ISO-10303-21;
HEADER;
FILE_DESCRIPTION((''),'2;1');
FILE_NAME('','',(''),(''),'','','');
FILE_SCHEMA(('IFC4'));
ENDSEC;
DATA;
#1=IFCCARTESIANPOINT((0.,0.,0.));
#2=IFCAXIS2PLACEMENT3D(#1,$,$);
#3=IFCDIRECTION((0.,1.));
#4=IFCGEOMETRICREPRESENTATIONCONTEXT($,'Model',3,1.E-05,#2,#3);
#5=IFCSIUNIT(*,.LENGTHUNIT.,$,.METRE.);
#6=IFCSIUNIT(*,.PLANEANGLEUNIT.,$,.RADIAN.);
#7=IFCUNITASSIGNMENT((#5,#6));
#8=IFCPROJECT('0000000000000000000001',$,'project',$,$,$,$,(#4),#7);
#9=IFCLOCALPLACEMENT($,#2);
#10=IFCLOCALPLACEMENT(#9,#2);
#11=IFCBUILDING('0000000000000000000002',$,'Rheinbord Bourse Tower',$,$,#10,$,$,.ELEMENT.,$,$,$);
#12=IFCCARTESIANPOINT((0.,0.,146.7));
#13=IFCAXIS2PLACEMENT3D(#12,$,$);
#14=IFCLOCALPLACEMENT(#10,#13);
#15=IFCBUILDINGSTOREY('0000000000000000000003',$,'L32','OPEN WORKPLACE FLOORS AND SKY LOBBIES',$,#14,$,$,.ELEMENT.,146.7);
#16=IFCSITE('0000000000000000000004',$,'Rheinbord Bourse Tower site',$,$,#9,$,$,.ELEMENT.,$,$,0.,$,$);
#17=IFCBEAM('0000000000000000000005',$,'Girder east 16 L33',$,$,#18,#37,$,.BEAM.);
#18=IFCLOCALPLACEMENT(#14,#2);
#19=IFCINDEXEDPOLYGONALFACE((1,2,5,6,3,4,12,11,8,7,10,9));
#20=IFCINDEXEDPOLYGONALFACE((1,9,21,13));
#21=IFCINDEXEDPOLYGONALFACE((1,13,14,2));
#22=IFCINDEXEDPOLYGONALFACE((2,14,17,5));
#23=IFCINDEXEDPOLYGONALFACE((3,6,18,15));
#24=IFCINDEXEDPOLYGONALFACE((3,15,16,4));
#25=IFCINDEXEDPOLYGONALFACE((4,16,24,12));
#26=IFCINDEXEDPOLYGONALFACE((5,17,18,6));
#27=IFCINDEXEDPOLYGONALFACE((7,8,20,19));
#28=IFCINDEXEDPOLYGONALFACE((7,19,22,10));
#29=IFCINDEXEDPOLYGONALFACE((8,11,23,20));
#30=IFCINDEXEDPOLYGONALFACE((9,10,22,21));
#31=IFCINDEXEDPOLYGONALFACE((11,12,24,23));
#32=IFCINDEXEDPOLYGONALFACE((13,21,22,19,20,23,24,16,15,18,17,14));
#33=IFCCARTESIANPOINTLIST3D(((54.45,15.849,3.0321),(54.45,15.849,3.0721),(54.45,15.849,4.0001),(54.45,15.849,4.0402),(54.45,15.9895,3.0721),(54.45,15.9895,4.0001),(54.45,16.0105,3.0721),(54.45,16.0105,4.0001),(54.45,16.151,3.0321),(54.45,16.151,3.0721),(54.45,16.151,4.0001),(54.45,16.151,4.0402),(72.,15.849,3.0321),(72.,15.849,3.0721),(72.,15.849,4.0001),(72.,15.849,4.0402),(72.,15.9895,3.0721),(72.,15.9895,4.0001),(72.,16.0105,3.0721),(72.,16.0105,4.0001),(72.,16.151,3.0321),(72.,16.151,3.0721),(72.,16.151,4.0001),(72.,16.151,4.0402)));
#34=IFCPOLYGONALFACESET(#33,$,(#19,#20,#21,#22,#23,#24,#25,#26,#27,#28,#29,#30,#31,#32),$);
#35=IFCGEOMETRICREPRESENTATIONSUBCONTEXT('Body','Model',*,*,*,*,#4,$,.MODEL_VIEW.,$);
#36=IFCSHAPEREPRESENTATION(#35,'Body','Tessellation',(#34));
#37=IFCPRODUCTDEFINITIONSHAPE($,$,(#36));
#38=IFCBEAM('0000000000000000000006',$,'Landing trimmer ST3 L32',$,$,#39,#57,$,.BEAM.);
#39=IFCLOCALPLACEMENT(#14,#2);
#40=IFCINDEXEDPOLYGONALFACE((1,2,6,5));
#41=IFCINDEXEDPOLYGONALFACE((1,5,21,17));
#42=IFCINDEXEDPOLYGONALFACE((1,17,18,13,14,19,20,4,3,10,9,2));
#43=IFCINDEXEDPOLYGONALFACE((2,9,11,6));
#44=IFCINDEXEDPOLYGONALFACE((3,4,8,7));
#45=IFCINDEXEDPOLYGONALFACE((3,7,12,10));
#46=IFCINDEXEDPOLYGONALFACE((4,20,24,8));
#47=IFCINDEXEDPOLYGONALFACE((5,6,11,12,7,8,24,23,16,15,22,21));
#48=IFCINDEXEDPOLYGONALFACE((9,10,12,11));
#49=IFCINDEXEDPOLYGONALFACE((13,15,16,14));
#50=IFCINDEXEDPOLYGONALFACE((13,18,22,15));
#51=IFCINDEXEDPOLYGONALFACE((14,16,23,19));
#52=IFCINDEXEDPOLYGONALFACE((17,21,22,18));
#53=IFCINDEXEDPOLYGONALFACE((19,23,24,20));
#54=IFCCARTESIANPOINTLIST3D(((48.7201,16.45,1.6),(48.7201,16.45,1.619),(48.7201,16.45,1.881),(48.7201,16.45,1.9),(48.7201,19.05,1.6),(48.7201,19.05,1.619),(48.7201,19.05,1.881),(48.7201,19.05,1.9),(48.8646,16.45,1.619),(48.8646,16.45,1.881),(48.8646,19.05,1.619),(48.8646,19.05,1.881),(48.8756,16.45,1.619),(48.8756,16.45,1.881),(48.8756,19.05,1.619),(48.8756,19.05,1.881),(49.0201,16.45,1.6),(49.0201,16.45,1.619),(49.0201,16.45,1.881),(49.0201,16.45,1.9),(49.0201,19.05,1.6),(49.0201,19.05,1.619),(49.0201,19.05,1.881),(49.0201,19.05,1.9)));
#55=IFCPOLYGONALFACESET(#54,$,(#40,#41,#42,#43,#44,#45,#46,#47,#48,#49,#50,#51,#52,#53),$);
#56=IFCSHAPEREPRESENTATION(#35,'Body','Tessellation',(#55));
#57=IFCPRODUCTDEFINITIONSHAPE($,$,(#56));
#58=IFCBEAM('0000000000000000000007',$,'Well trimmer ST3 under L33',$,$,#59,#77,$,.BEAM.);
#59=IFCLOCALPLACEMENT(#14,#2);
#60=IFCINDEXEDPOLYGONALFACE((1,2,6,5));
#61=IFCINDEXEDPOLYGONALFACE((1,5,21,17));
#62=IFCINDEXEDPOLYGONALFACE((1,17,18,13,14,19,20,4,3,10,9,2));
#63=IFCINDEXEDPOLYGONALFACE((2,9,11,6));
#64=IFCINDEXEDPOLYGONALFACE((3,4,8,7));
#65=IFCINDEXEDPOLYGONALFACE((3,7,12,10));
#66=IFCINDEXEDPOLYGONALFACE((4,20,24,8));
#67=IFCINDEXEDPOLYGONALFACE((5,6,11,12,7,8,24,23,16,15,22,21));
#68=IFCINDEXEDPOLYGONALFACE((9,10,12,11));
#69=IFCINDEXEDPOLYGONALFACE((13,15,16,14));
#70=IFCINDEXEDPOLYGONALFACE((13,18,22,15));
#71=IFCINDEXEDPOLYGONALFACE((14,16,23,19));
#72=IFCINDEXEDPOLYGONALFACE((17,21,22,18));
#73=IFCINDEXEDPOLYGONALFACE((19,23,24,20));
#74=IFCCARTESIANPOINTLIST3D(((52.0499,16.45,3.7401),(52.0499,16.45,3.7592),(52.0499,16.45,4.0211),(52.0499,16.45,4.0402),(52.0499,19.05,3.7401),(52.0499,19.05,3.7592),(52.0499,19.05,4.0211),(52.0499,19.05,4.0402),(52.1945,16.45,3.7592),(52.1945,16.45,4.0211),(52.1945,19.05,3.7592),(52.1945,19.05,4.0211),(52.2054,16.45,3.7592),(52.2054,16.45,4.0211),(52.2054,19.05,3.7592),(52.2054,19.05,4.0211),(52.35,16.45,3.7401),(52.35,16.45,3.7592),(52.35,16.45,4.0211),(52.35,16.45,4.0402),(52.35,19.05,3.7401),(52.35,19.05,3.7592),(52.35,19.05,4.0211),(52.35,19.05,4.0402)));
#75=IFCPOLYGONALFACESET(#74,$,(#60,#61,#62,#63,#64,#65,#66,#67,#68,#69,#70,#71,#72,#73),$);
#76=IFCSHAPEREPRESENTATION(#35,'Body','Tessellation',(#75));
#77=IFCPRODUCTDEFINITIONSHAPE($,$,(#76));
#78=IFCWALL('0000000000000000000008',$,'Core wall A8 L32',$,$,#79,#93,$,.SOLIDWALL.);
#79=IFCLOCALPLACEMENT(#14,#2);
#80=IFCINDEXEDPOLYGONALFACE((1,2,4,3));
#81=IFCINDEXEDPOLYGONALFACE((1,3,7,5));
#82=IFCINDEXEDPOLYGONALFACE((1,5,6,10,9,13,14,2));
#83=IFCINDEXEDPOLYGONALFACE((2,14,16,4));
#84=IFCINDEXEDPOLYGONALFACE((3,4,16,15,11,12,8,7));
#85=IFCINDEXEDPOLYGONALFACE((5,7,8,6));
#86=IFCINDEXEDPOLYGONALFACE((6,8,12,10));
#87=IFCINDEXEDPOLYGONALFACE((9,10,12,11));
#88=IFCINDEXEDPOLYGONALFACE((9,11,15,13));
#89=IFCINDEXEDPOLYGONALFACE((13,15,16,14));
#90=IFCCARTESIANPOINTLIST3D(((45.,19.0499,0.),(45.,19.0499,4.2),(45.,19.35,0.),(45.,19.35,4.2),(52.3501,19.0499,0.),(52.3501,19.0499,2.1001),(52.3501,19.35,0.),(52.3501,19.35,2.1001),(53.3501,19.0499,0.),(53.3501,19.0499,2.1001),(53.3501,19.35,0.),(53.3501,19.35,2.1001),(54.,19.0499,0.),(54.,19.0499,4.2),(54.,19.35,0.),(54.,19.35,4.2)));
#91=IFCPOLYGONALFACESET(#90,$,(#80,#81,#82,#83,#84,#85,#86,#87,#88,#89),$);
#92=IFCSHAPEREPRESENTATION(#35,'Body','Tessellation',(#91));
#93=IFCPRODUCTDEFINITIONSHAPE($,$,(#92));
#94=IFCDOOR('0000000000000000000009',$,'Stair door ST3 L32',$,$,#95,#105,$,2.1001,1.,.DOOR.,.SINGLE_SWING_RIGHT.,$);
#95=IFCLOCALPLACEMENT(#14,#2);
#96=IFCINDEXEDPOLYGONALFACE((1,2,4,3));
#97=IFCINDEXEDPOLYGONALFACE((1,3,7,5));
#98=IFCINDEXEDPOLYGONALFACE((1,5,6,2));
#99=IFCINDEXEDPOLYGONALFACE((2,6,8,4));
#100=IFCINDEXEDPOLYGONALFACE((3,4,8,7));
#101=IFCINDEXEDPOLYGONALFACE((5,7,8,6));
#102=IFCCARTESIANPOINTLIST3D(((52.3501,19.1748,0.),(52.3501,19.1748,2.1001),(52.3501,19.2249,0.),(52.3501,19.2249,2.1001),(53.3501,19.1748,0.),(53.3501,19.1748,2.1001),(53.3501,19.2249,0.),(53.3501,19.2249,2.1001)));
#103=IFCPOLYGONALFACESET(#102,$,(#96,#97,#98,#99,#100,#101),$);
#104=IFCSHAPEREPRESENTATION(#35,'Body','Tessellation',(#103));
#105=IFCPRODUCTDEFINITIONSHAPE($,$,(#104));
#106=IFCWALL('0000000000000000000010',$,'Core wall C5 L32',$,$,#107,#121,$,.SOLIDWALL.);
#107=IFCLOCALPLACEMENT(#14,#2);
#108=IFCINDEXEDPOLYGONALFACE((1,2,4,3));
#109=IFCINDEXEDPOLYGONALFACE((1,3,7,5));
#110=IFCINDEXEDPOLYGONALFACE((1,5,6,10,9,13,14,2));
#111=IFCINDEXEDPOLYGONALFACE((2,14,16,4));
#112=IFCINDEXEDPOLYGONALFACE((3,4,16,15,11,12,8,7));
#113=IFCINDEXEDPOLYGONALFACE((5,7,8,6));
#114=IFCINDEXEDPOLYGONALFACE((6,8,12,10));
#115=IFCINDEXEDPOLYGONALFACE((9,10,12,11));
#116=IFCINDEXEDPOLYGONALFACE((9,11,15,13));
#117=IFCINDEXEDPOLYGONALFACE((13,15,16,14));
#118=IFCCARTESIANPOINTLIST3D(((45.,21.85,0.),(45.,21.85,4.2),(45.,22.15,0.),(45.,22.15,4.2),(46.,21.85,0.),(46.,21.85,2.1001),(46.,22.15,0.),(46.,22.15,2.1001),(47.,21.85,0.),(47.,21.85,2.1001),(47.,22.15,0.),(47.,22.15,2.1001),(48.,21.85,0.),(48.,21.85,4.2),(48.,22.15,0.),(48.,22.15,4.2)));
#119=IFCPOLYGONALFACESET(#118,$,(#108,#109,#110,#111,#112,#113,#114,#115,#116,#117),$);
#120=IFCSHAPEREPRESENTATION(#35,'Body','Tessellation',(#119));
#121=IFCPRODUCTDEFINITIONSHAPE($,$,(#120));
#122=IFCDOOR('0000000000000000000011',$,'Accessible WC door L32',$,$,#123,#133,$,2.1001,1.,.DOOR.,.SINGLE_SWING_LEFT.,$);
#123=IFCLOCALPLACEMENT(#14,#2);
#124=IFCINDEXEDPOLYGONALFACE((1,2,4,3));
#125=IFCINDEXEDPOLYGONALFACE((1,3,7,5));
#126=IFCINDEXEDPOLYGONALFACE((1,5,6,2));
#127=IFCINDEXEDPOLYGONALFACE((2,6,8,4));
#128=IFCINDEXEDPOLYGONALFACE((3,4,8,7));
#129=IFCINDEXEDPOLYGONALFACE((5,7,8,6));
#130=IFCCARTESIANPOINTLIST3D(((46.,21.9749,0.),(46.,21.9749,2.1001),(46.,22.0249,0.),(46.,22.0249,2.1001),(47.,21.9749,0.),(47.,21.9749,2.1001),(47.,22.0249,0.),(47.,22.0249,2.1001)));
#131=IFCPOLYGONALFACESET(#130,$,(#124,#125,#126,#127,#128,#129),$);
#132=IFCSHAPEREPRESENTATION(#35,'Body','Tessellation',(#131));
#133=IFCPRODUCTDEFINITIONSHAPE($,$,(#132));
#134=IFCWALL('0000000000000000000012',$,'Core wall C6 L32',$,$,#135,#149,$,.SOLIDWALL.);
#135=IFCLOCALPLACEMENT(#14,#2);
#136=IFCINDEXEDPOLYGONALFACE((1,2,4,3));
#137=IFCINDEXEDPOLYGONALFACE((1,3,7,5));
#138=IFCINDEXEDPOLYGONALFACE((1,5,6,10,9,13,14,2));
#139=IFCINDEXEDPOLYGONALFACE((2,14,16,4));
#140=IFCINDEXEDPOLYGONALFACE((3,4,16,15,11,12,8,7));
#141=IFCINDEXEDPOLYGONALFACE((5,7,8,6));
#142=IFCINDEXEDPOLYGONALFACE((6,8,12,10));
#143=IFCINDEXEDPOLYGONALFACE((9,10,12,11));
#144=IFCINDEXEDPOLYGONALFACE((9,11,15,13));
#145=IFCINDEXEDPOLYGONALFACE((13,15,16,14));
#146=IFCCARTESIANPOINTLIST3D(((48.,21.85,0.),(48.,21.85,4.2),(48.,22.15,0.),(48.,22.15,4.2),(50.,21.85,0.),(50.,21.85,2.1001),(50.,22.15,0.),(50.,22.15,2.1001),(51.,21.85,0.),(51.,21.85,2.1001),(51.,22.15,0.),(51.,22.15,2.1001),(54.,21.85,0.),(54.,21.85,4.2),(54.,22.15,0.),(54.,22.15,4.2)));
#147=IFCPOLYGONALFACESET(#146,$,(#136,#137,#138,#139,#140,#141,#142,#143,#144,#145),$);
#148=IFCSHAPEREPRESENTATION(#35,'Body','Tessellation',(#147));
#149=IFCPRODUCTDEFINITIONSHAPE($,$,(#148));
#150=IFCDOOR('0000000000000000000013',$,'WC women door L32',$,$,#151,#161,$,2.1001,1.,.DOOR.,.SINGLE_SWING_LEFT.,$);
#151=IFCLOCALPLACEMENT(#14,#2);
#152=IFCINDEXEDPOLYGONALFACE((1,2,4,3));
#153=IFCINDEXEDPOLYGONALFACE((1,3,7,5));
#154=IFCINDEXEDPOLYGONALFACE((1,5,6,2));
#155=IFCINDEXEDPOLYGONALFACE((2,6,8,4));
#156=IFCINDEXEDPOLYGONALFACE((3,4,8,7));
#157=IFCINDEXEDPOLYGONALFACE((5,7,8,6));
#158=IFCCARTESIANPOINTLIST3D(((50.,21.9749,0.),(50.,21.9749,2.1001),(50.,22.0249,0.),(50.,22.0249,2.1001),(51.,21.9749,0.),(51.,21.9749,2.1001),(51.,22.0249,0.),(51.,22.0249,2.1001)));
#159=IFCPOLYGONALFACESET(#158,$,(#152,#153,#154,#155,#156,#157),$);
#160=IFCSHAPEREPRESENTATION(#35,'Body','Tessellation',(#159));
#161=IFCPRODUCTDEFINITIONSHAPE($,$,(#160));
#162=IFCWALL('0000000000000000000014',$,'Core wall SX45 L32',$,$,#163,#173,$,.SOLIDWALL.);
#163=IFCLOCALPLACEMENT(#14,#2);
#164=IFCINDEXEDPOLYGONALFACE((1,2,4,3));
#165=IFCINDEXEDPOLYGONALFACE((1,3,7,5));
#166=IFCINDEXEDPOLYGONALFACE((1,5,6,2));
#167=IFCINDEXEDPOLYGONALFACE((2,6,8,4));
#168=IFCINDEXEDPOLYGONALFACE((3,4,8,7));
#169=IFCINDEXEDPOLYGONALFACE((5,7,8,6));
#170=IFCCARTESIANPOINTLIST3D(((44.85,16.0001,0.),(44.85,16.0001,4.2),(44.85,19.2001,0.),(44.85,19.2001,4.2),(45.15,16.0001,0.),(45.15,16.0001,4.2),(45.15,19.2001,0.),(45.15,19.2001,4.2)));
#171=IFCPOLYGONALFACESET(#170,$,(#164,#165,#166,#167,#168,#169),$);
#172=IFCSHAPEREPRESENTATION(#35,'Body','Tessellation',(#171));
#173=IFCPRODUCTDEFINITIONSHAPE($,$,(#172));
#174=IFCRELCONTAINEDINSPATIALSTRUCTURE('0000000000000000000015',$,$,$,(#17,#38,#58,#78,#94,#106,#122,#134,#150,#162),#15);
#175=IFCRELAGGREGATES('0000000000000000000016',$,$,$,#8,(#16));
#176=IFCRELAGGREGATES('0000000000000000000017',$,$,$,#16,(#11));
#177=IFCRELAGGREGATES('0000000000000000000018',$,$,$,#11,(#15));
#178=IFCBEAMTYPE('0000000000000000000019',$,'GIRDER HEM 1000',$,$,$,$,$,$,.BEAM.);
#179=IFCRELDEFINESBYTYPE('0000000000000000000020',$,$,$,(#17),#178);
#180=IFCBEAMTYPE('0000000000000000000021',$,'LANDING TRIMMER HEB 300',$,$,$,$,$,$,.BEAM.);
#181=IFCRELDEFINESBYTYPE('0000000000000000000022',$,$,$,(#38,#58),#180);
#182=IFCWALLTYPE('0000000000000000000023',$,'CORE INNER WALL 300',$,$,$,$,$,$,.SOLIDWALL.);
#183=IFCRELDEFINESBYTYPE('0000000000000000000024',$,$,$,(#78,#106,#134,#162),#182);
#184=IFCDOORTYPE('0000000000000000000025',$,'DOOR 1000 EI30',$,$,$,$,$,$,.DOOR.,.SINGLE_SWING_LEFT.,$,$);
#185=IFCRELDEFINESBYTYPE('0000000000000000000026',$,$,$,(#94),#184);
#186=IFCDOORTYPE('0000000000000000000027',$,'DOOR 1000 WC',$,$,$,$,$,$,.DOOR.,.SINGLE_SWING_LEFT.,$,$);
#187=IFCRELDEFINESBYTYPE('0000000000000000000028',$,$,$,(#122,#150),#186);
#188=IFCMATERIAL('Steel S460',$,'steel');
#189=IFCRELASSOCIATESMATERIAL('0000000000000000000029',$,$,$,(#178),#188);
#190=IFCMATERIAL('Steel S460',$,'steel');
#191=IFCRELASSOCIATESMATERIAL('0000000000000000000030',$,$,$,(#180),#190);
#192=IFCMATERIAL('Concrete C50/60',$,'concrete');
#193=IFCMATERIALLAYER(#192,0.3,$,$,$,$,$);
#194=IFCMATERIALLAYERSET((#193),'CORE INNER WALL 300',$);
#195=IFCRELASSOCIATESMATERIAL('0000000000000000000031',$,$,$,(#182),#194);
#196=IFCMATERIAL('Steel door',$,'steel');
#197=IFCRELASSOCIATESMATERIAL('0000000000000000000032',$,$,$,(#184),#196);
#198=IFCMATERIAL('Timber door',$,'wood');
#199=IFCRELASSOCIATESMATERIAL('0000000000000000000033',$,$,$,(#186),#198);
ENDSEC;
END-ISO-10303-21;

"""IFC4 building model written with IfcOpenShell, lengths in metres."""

from ifc_helpers import new_model, si_unit, direction, frame, frame_2d, origin, origin_2d, place, context, subcontext, project, spatial, rectangle, i_section, extrude, material, layer, layer_set, material_profile, profile_set, type_object, element, fill, save


model = new_model("IFC4")

# Units and contexts
model_context = context("Model", 3, precision=1e-05, world=origin(), true_north=direction((0.0, 1.0)))
body_context = subcontext(model_context, "Body", "Model", "MODEL_VIEW")
ifc_project = project(units=[si_unit("LENGTHUNIT", "METRE"), si_unit("PLANEANGLEUNIT", "RADIAN")], contexts=[model_context])

# Site, building, storey
site_placement = place(None, origin())
site = spatial("IfcSite", under=ifc_project, at=site_placement, Name="Rheinbord Bourse Tower site", CompositionType="ELEMENT", RefElevation=0.0)
building_placement = place(site_placement, origin())
building = spatial("IfcBuilding", under=site, at=building_placement, Name="Rheinbord Bourse Tower", CompositionType="ELEMENT")
storey_placement = place(building_placement, frame((0.0, 0.0, 146.7)))
storey = spatial("IfcBuildingStorey", under=building, at=storey_placement, Name="L32", Description="OPEN WORKPLACE FLOORS AND SKY LOBBIES", CompositionType="ELEMENT", Elevation=146.7)

# Beams
ifc_material_1 = material(Name="Steel S460", Category="steel")
ifc_material_profile_1 = material_profile(ifc_material_1, i_section(OverallWidth=0.302, OverallDepth=1.0081, WebThickness=0.021, FlangeThickness=0.04, at=origin_2d()), Name="HEM 1000")
ifc_profile_set_1 = profile_set([ifc_material_profile_1], Name="Steel S460")
beam_type_1 = type_object("IfcBeamType", Name="GIRDER HEM 1000", PredefinedType="BEAM", material=ifc_profile_set_1)
beam_placement = place(storey_placement, frame((54.45, 16.0, 3.5361), z_axis=(1.0, 0.0, 0.0), x_axis=(0.0, 1.0, 0.0)))
element("IfcBeam", 1, at=beam_placement, inside=storey, type_object=beam_type_1, Name="Girder east 16 L33", PredefinedType="BEAM", context=body_context, shape_type="SweptSolid", body=[
    extrude(i_section(OverallWidth=0.302, OverallDepth=1.0081, WebThickness=0.021, FlangeThickness=0.04, at=origin_2d()), origin(), (0.0, 0.0, 1.0), 17.55),
])
ifc_material_2 = material(Name="Steel S460", Category="steel")
ifc_material_profile_2 = material_profile(ifc_material_2, i_section(OverallWidth=0.3, OverallDepth=0.3, WebThickness=0.011, FlangeThickness=0.019, at=origin_2d()), Name="HEB 300")
ifc_profile_set_2 = profile_set([ifc_material_profile_2], Name="Steel S460")
beam_type_2 = type_object("IfcBeamType", Name="LANDING TRIMMER HEB 300", PredefinedType="BEAM", material=ifc_profile_set_2)
for number, where, z_axis, x_axis, name in (
    (2, (48.8701, 16.45, 1.75), (0.0, 1.0, 0.0), (-1.0, 0.0, 0.0), "Landing trimmer ST3 L32"),
    (3, (52.2, 16.45, 3.8901), (0.0, 1.0, 0.0), (-1.0, 0.0, 0.0), "Well trimmer ST3 under L33"),
):
    element("IfcBeam", number, at=place(storey_placement, frame(where, z_axis=z_axis, x_axis=x_axis)), inside=storey, type_object=beam_type_2, Name=name, PredefinedType="BEAM", context=body_context, shape_type="SweptSolid", body=[
        extrude(i_section(OverallWidth=0.3, OverallDepth=0.3, WebThickness=0.011, FlangeThickness=0.019, at=origin_2d()), origin(), (0.0, 0.0, 1.0), 2.6001),
    ])

# Walls, openings, doors
ifc_material_3 = material(Name="Concrete C50/60", Category="concrete")
ifc_layer_1 = layer(ifc_material_3, 0.3)
ifc_layer_set_1 = layer_set([ifc_layer_1], Name="CORE INNER WALL 300")
wall_type_1 = type_object("IfcWallType", Name="CORE INNER WALL 300", PredefinedType="SOLIDWALL", material=ifc_layer_set_1)
wall_1_placement = place(storey_placement, frame((45.0, 19.2, 0.0), z_axis=(0.0, 0.0, 1.0), x_axis=(1.0, 0.0, 0.0)))
wall_1 = element("IfcWall", 4, at=wall_1_placement, inside=storey, type_object=wall_type_1, Name="Core wall A8 L32", PredefinedType="SOLIDWALL", context=body_context, shape_type="SweptSolid", body=[
    extrude(rectangle(XDim=9.0, YDim=0.3, at=frame_2d((4.5, 0.0))), origin(), (0.0, 0.0, 1.0), 4.2),
])
opening_1_placement = place(wall_1_placement, frame((7.3501, 0.0, 0.0)))
opening_1 = element("IfcOpeningElement", 5, at=opening_1_placement, cuts=wall_1, PredefinedType="OPENING", context=body_context, shape_type="SweptSolid", body=[
    extrude(rectangle(XDim=1.0, YDim=2.1001, at=frame_2d((0.5, 1.05))), frame((0.0, 0.1599, 0.0), z_axis=(0.0, -1.0, 0.0), x_axis=(1.0, 0.0, 0.0)), (0.0, 0.0, 1.0), 0.3201),
])
ifc_material_4 = material(Name="Steel door", Category="steel")
door_type_1 = type_object("IfcDoorType", Name="DOOR 1000 EI30", OperationType="SINGLE_SWING_LEFT", PredefinedType="DOOR", material=ifc_material_4)
door_1_placement = place(opening_1_placement, origin())
door_1 = element("IfcDoor", 6, at=door_1_placement, inside=storey, type_object=door_type_1, Name="Stair door ST3 L32", OperationType="SINGLE_SWING_RIGHT", OverallHeight=2.1001, OverallWidth=1.0, PredefinedType="DOOR", context=body_context, shape_type="SweptSolid", body=[
    extrude(rectangle(XDim=1.0, YDim=2.1001, at=frame_2d((0.5, 1.05))), frame((0.0, 0.0249, 0.0), z_axis=(0.0, -1.0, 0.0), x_axis=(1.0, 0.0, 0.0)), (0.0, 0.0, 1.0), 0.05),
])
fill(opening_1, door_1)
wall_2_placement = place(storey_placement, frame((45.0, 22.0, 0.0), z_axis=(0.0, 0.0, 1.0), x_axis=(1.0, 0.0, 0.0)))
wall_2 = element("IfcWall", 7, at=wall_2_placement, inside=storey, type_object=wall_type_1, Name="Core wall C5 L32", PredefinedType="SOLIDWALL", context=body_context, shape_type="SweptSolid", body=[
    extrude(rectangle(XDim=3.0, YDim=0.3, at=frame_2d((1.5, 0.0))), origin(), (0.0, 0.0, 1.0), 4.2),
])
opening_2_placement = place(wall_2_placement, frame((1.0, 0.0, 0.0)))
opening_2 = element("IfcOpeningElement", 8, at=opening_2_placement, cuts=wall_2, PredefinedType="OPENING", context=body_context, shape_type="SweptSolid", body=[
    extrude(rectangle(XDim=1.0, YDim=2.1001, at=frame_2d((0.5, 1.05))), frame((0.0, 0.1599, 0.0), z_axis=(0.0, -1.0, 0.0), x_axis=(1.0, 0.0, 0.0)), (0.0, 0.0, 1.0), 0.3201),
])
ifc_material_5 = material(Name="Timber door", Category="wood")
door_type_2 = type_object("IfcDoorType", Name="DOOR 1000 WC", OperationType="SINGLE_SWING_LEFT", PredefinedType="DOOR", material=ifc_material_5)
door_2_placement = place(opening_2_placement, origin())
door_2 = element("IfcDoor", 9, at=door_2_placement, inside=storey, type_object=door_type_2, Name="Accessible WC door L32", OperationType="SINGLE_SWING_LEFT", OverallHeight=2.1001, OverallWidth=1.0, PredefinedType="DOOR", context=body_context, shape_type="SweptSolid", body=[
    extrude(rectangle(XDim=1.0, YDim=2.1001, at=frame_2d((0.5, 1.05))), frame((0.0, 0.0249, 0.0), z_axis=(0.0, -1.0, 0.0), x_axis=(1.0, 0.0, 0.0)), (0.0, 0.0, 1.0), 0.05),
])
fill(opening_2, door_2)
wall_3_placement = place(storey_placement, frame((48.0, 22.0, 0.0), z_axis=(0.0, 0.0, 1.0), x_axis=(1.0, 0.0, 0.0)))
wall_3 = element("IfcWall", 10, at=wall_3_placement, inside=storey, type_object=wall_type_1, Name="Core wall C6 L32", PredefinedType="SOLIDWALL", context=body_context, shape_type="SweptSolid", body=[
    extrude(rectangle(XDim=6.0, YDim=0.3, at=frame_2d((3.0, 0.0))), origin(), (0.0, 0.0, 1.0), 4.2),
])
opening_3_placement = place(wall_3_placement, frame((2.0, 0.0, 0.0)))
opening_3 = element("IfcOpeningElement", 11, at=opening_3_placement, cuts=wall_3, PredefinedType="OPENING", context=body_context, shape_type="SweptSolid", body=[
    extrude(rectangle(XDim=1.0, YDim=2.1001, at=frame_2d((0.5, 1.05))), frame((0.0, 0.1599, 0.0), z_axis=(0.0, -1.0, 0.0), x_axis=(1.0, 0.0, 0.0)), (0.0, 0.0, 1.0), 0.3201),
])
door_3_placement = place(opening_3_placement, origin())
door_3 = element("IfcDoor", 12, at=door_3_placement, inside=storey, type_object=door_type_2, Name="WC women door L32", OperationType="SINGLE_SWING_LEFT", OverallHeight=2.1001, OverallWidth=1.0, PredefinedType="DOOR", context=body_context, shape_type="SweptSolid", body=[
    extrude(rectangle(XDim=1.0, YDim=2.1001, at=frame_2d((0.5, 1.05))), frame((0.0, 0.0249, 0.0), z_axis=(0.0, -1.0, 0.0), x_axis=(1.0, 0.0, 0.0)), (0.0, 0.0, 1.0), 0.05),
])
fill(opening_3, door_3)

# Wall
wall_4_placement = place(storey_placement, frame((45.0, 16.0, 0.0), z_axis=(0.0, 0.0, 1.0), x_axis=(0.0, 1.0, 0.0)))
element("IfcWall", 13, at=wall_4_placement, inside=storey, type_object=wall_type_1, Name="Core wall SX45 L32", PredefinedType="SOLIDWALL", context=body_context, shape_type="SweptSolid", body=[
    extrude(rectangle(XDim=3.2, YDim=0.3, at=frame_2d((1.6001, 0.0))), origin(), (0.0, 0.0, 1.0), 4.2),
])

save(model, "model.ifc")
